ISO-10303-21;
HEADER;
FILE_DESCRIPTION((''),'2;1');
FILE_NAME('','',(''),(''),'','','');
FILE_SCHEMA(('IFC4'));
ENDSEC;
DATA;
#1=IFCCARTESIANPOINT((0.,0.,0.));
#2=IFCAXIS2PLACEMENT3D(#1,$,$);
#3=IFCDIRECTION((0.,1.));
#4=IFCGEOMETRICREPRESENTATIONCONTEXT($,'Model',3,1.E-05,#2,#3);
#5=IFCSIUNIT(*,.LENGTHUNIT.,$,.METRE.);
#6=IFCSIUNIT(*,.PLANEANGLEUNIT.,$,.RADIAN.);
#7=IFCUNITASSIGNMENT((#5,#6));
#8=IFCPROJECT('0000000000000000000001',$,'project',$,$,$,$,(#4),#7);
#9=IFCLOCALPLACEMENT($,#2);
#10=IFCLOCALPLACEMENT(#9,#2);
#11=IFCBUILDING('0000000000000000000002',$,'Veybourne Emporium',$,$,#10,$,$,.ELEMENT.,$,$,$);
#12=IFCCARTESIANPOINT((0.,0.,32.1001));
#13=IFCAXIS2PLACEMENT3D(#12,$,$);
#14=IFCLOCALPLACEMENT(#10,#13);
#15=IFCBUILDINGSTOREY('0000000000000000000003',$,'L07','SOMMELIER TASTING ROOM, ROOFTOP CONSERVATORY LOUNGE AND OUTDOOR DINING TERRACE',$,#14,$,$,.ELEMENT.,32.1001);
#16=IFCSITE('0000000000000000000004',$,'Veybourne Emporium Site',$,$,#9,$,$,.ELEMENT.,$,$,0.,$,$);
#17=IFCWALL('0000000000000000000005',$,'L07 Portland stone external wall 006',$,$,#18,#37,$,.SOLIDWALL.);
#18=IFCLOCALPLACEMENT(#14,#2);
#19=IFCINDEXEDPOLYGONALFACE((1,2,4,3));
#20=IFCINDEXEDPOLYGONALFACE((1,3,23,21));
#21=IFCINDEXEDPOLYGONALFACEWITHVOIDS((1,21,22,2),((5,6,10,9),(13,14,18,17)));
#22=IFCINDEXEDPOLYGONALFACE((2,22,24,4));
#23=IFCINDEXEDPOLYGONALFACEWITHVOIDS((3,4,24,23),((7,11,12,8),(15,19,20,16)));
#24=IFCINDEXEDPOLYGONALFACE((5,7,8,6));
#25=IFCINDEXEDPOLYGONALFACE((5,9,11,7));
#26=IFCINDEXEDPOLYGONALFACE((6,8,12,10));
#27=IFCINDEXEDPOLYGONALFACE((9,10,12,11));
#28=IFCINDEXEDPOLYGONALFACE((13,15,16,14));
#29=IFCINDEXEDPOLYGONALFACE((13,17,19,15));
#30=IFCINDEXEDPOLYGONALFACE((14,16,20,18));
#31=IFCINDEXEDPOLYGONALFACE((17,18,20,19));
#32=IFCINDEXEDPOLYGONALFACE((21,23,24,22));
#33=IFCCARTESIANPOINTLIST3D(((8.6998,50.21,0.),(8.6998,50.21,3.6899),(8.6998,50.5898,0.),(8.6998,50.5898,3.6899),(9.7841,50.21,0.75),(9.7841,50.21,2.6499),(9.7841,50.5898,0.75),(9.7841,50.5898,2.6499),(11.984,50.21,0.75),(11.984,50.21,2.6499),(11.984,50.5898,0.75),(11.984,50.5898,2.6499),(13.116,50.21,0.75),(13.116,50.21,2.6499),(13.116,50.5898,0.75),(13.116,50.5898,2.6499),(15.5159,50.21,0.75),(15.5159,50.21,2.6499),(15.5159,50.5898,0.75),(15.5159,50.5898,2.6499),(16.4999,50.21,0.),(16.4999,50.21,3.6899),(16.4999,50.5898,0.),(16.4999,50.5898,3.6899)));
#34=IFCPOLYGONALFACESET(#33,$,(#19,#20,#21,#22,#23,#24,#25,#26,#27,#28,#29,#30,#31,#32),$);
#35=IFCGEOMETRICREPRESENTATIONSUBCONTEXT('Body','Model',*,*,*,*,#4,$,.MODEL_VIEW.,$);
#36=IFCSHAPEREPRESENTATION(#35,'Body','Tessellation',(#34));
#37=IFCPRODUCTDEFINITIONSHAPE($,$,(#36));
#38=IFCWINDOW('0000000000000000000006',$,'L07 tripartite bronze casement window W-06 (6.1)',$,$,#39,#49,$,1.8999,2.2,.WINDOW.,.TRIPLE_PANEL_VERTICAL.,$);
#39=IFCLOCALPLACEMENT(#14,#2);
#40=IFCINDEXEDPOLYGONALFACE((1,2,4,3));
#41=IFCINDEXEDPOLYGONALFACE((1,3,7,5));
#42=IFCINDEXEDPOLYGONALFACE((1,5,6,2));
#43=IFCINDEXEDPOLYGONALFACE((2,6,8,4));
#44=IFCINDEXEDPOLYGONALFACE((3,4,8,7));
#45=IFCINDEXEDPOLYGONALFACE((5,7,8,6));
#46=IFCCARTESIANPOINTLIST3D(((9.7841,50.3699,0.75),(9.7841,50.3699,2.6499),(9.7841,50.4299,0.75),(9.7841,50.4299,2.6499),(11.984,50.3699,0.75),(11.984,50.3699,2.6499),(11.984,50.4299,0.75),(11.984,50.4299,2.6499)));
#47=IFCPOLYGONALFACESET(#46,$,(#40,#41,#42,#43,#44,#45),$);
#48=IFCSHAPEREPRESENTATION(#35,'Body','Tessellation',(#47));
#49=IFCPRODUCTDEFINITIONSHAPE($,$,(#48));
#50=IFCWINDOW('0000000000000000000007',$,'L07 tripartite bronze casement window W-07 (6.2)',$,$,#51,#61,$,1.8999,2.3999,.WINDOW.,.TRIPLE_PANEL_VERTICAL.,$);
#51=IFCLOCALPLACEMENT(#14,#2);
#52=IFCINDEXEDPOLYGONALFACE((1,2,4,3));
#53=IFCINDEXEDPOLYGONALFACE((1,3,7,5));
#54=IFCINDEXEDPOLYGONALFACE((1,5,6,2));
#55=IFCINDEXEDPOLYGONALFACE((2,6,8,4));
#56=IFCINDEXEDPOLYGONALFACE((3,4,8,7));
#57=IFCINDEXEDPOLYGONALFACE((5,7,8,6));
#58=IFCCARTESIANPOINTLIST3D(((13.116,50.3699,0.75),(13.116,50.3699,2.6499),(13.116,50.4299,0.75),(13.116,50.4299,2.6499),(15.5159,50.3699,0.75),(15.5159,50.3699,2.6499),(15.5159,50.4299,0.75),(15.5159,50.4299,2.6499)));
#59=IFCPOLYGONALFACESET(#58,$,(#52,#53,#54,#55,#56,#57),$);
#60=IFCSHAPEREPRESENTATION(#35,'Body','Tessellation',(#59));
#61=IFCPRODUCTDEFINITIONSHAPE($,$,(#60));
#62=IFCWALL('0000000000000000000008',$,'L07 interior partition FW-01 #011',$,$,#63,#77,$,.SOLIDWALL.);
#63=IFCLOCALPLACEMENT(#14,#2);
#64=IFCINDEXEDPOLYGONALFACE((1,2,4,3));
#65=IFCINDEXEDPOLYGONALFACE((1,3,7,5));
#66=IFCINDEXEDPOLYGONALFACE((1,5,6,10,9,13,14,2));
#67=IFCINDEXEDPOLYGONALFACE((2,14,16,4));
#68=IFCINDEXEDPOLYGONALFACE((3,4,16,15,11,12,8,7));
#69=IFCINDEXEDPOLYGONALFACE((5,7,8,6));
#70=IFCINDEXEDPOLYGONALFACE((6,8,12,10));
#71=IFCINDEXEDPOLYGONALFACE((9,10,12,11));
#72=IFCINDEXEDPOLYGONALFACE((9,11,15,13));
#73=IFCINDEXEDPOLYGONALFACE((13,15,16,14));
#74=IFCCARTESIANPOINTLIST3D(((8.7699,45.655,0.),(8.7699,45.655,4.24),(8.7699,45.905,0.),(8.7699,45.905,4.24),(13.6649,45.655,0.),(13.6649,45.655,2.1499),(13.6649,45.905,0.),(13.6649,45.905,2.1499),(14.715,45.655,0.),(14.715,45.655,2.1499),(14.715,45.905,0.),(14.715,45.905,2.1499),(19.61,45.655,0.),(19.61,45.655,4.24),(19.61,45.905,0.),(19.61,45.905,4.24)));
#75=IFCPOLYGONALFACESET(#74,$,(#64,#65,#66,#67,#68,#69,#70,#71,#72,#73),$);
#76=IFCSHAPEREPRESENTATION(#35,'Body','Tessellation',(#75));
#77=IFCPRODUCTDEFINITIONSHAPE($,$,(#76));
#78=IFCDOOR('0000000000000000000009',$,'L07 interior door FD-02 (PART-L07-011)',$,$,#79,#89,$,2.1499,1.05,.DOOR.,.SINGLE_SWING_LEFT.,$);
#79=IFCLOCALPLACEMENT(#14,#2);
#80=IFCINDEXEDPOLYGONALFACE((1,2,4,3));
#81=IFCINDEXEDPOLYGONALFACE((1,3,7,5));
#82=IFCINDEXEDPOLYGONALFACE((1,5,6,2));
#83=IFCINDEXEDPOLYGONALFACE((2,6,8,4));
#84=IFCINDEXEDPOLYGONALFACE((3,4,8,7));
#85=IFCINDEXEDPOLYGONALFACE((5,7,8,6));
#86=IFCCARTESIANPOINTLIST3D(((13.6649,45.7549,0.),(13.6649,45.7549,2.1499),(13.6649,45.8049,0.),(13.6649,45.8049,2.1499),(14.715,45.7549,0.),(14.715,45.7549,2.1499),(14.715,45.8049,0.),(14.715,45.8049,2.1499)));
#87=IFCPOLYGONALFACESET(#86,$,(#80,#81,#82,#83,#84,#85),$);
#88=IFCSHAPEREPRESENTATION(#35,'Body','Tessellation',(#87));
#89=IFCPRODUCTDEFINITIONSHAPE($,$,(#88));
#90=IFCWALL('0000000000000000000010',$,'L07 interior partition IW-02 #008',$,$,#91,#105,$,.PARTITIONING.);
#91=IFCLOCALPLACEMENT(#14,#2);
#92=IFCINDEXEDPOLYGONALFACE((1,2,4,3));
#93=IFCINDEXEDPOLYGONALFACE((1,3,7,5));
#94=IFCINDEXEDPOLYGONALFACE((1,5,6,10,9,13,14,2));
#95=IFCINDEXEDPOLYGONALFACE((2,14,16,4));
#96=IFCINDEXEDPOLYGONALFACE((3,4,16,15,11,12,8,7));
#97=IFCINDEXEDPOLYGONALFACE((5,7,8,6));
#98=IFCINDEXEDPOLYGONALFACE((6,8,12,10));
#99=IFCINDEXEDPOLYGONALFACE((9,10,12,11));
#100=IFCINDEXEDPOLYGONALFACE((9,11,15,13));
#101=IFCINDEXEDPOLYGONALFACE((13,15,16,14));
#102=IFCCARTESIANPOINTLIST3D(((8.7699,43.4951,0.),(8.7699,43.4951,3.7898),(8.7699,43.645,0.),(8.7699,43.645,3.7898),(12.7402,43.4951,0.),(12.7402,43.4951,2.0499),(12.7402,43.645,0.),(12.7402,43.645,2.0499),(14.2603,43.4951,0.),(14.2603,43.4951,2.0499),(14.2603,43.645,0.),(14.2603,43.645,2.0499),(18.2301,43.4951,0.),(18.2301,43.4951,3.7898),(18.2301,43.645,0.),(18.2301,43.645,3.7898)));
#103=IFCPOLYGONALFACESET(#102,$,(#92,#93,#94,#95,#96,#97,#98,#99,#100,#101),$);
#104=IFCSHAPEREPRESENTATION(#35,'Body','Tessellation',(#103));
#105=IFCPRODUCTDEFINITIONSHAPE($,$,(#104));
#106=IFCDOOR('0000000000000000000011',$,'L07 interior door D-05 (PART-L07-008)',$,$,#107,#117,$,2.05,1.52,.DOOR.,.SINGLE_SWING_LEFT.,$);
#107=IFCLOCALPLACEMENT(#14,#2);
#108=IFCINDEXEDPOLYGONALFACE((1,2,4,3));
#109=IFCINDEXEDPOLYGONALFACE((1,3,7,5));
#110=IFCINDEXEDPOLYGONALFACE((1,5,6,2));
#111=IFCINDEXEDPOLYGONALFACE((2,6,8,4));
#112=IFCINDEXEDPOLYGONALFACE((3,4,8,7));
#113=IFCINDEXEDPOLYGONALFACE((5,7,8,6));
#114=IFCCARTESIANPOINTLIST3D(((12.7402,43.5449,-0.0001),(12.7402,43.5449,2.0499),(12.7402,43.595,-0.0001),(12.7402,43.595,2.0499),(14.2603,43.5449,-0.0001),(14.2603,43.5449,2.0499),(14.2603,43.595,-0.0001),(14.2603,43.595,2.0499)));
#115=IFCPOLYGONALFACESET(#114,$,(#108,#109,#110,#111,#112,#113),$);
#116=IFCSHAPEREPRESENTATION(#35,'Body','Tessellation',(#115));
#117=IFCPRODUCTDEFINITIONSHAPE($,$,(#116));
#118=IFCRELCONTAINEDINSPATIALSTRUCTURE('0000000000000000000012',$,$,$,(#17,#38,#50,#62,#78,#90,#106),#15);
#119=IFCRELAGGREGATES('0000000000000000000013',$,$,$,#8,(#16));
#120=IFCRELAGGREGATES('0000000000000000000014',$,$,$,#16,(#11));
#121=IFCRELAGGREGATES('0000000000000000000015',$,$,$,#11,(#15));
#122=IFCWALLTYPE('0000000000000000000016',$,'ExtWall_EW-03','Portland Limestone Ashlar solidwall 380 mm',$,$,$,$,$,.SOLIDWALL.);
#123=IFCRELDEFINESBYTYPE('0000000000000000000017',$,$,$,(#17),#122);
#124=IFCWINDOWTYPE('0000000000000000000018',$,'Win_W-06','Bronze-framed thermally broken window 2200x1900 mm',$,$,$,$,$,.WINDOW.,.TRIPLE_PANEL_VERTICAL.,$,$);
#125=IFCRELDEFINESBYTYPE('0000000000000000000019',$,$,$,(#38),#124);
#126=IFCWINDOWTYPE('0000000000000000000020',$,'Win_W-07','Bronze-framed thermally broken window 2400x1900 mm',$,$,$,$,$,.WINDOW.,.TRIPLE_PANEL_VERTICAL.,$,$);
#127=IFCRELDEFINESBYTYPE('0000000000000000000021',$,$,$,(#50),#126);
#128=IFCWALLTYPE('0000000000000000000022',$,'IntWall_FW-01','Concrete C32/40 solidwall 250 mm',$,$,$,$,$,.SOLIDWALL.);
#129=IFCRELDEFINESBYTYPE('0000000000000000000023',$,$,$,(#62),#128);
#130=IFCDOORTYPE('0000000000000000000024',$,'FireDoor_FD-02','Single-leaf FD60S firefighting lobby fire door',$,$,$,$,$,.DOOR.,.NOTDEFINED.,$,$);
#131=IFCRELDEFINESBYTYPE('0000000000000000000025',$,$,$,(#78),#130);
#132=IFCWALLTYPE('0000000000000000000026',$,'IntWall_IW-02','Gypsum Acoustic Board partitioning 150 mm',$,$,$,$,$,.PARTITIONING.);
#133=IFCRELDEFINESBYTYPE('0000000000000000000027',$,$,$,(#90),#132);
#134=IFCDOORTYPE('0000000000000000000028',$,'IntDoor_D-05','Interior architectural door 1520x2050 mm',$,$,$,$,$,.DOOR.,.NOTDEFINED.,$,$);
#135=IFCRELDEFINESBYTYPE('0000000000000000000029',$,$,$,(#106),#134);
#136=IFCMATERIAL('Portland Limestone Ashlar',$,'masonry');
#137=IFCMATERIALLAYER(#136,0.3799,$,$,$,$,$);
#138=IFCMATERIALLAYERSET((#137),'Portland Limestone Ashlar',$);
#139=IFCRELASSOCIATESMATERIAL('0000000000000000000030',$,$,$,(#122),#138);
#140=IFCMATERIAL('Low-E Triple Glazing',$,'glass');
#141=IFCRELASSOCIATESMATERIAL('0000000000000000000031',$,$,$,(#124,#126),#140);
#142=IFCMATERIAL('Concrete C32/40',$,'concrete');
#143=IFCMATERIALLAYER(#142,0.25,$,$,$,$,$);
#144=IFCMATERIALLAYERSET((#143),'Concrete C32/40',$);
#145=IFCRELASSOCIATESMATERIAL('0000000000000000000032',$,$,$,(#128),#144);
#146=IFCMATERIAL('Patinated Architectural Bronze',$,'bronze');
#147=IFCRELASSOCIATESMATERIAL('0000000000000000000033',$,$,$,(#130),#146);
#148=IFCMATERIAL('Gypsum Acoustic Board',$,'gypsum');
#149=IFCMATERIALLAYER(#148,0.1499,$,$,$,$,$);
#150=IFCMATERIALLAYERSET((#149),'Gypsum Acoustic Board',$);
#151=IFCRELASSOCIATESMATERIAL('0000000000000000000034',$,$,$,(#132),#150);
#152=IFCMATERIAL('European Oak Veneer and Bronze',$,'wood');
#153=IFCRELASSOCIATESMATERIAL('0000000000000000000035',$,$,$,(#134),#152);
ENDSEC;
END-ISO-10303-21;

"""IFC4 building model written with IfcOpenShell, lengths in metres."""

from ifc_helpers import new_model, si_unit, direction, frame, frame_2d, origin, place, context, subcontext, project, spatial, rectangle, extrude, material, layer, layer_set, type_object, element, fill, save


model = new_model("IFC4")

# Units and contexts
model_context = context("Model", 3, precision=1e-05, world=origin(), true_north=direction((0.0, 1.0)))
body_context = subcontext(model_context, "Body", "Model", "MODEL_VIEW")
ifc_project = project(units=[si_unit("LENGTHUNIT", "METRE"), si_unit("PLANEANGLEUNIT", "RADIAN")], contexts=[model_context])

# Site, building, storey
site_placement = place(None, origin())
site = spatial("IfcSite", under=ifc_project, at=site_placement, Name="Veybourne Emporium Site", CompositionType="ELEMENT", RefElevation=0.0)
building_placement = place(site_placement, origin())
building = spatial("IfcBuilding", under=site, at=building_placement, Name="Veybourne Emporium", CompositionType="ELEMENT")
storey_placement = place(building_placement, frame((0.0, 0.0, 32.1001)))
storey = spatial("IfcBuildingStorey", under=building, at=storey_placement, Name="L07", Description="SOMMELIER TASTING ROOM, ROOFTOP CONSERVATORY LOUNGE AND OUTDOOR DINING TERRACE", CompositionType="ELEMENT", Elevation=32.1001)

# Shared definitions
ifc_material_1 = material(Name="Patinated Architectural Bronze", Category="bronze")

# Shared definitions
ifc_material_2 = material(Name="Concrete C32/40", Category="concrete")

# Shared definitions
ifc_material_3 = material(Name="Low-E Triple Glazing", Category="glass")

# Wall, openings, windows
ifc_material_4 = material(Name="Portland Limestone Ashlar", Category="masonry")
ifc_layer_1 = layer(ifc_material_4, 0.3799)
ifc_layer_set_1 = layer_set([ifc_layer_1], Name="Portland Limestone Ashlar")
wall_type_1 = type_object("IfcWallType", Name="ExtWall_EW-03", Description="Portland Limestone Ashlar solidwall 380 mm", PredefinedType="SOLIDWALL", material=ifc_layer_set_1)
wall_1_placement = place(storey_placement, frame((8.7, 50.3999, 0.0), z_axis=(0.0, 0.0, 1.0), x_axis=(1.0, 0.0, 0.0)))
wall_1 = element("IfcWall", 1, at=wall_1_placement, inside=storey, type_object=wall_type_1, Name="L07 Portland stone external wall 006", PredefinedType="SOLIDWALL", context=body_context, shape_type="SweptSolid", body=[
    extrude(rectangle(XDim=7.8, YDim=0.3799, at=frame_2d((3.8999, 0.0))), origin(), (0.0, 0.0, 1.0), 3.6899),
])
opening_1_placement = place(wall_1_placement, frame((1.084, 0.0, 0.75)))
opening_1 = element("IfcOpeningElement", 2, at=opening_1_placement, cuts=wall_1, PredefinedType="OPENING", context=body_context, shape_type="SweptSolid", body=[
    extrude(rectangle(XDim=2.2, YDim=1.8999, at=frame_2d((1.1001, 0.95))), frame((0.0, 0.21, 0.0), z_axis=(0.0, -1.0, 0.0), x_axis=(1.0, 0.0, 0.0)), (0.0, 0.0, 1.0), 0.4199),
])
opening_2_placement = place(wall_1_placement, frame((4.416, 0.0, 0.75)))
opening_2 = element("IfcOpeningElement", 3, at=opening_2_placement, cuts=wall_1, PredefinedType="OPENING", context=body_context, shape_type="SweptSolid", body=[
    extrude(rectangle(XDim=2.3999, YDim=1.8999, at=frame_2d((1.2, 0.95))), frame((0.0, 0.21, 0.0), z_axis=(0.0, -1.0, 0.0), x_axis=(1.0, 0.0, 0.0)), (0.0, 0.0, 1.0), 0.4199),
])
window_type_1 = type_object("IfcWindowType", Name="Win_W-06", Description="Bronze-framed thermally broken window 2200x1900 mm", PartitioningType="TRIPLE_PANEL_VERTICAL", PredefinedType="WINDOW", material=ifc_material_3)
window_1_placement = place(opening_1_placement, origin())
window_1 = element("IfcWindow", 4, at=window_1_placement, inside=storey, type_object=window_type_1, Name="L07 tripartite bronze casement window W-06 (6.1)", OverallHeight=1.8999, OverallWidth=2.2, PartitioningType="TRIPLE_PANEL_VERTICAL", PredefinedType="WINDOW", context=body_context, shape_type="SweptSolid", body=[
    extrude(rectangle(XDim=2.2, YDim=1.8999, at=frame_2d((1.1001, 0.95))), frame((0.0, 0.03, 0.0), z_axis=(0.0, -1.0, 0.0), x_axis=(1.0, 0.0, 0.0)), (0.0, 0.0, 1.0), 0.0601),
])
fill(opening_1, window_1)
window_type_2 = type_object("IfcWindowType", Name="Win_W-07", Description="Bronze-framed thermally broken window 2400x1900 mm", PartitioningType="TRIPLE_PANEL_VERTICAL", PredefinedType="WINDOW", material=ifc_material_3)
window_2_placement = place(opening_2_placement, origin())
window_2 = element("IfcWindow", 5, at=window_2_placement, inside=storey, type_object=window_type_2, Name="L07 tripartite bronze casement window W-07 (6.2)", OverallHeight=1.8999, OverallWidth=2.3999, PartitioningType="TRIPLE_PANEL_VERTICAL", PredefinedType="WINDOW", context=body_context, shape_type="SweptSolid", body=[
    extrude(rectangle(XDim=2.3999, YDim=1.8999, at=frame_2d((1.2, 0.95))), frame((0.0, 0.03, 0.0), z_axis=(0.0, -1.0, 0.0), x_axis=(1.0, 0.0, 0.0)), (0.0, 0.0, 1.0), 0.0601),
])
fill(opening_2, window_2)

# Walls, openings, doors
ifc_layer_2 = layer(ifc_material_2, 0.25)
ifc_layer_set_2 = layer_set([ifc_layer_2], Name="Concrete C32/40")
wall_type_2 = type_object("IfcWallType", Name="IntWall_FW-01", Description="Concrete C32/40 solidwall 250 mm", PredefinedType="SOLIDWALL", material=ifc_layer_set_2)
wall_2_placement = place(storey_placement, frame((8.77, 45.78, 0.0), z_axis=(0.0, 0.0, 1.0), x_axis=(1.0, 0.0, 0.0)))
wall_2 = element("IfcWall", 6, at=wall_2_placement, inside=storey, type_object=wall_type_2, Name="L07 interior partition FW-01 #011", PredefinedType="SOLIDWALL", context=body_context, shape_type="SweptSolid", body=[
    extrude(rectangle(XDim=10.8401, YDim=0.25, at=frame_2d((5.4199, 0.0))), origin(), (0.0, 0.0, 1.0), 4.24),
])
opening_3_placement = place(wall_2_placement, frame((4.895, 0.0, 0.0)))
opening_3 = element("IfcOpeningElement", 7, at=opening_3_placement, cuts=wall_2, PredefinedType="OPENING", context=body_context, shape_type="SweptSolid", body=[
    extrude(rectangle(XDim=1.05, YDim=2.1499, at=frame_2d((0.5249, 1.075))), frame((0.0, 0.145, 0.0), z_axis=(0.0, -1.0, 0.0), x_axis=(1.0, 0.0, 0.0)), (0.0, 0.0, 1.0), 0.29),
])
door_type_1 = type_object("IfcDoorType", Name="FireDoor_FD-02", Description="Single-leaf FD60S firefighting lobby fire door", OperationType="NOTDEFINED", PredefinedType="DOOR", material=ifc_material_1)
door_1_placement = place(opening_3_placement, origin())
door_1 = element("IfcDoor", 8, at=door_1_placement, inside=storey, type_object=door_type_1, Name="L07 interior door FD-02 (PART-L07-011)", OperationType="SINGLE_SWING_LEFT", OverallHeight=2.1499, OverallWidth=1.05, PredefinedType="DOOR", context=body_context, shape_type="SweptSolid", body=[
    extrude(rectangle(XDim=1.05, YDim=2.1499, at=frame_2d((0.5249, 1.075))), frame((0.0, 0.0249, 0.0), z_axis=(0.0, -1.0, 0.0), x_axis=(1.0, 0.0, 0.0)), (0.0, 0.0, 1.0), 0.05),
])
fill(opening_3, door_1)
ifc_material_5 = material(Name="Gypsum Acoustic Board", Category="gypsum")
ifc_layer_3 = layer(ifc_material_5, 0.1499)
ifc_layer_set_3 = layer_set([ifc_layer_3], Name="Gypsum Acoustic Board")
wall_type_3 = type_object("IfcWallType", Name="IntWall_IW-02", Description="Gypsum Acoustic Board partitioning 150 mm", PredefinedType="PARTITIONING", material=ifc_layer_set_3)
wall_3_placement = place(storey_placement, frame((8.77, 43.5701, 0.0), z_axis=(0.0, 0.0, 1.0), x_axis=(1.0, 0.0, 0.0)))
wall_3 = element("IfcWall", 9, at=wall_3_placement, inside=storey, type_object=wall_type_3, Name="L07 interior partition IW-02 #008", PredefinedType="PARTITIONING", context=body_context, shape_type="SweptSolid", body=[
    extrude(rectangle(XDim=9.4602, YDim=0.1499, at=frame_2d((4.73, 0.0))), origin(), (0.0, 0.0, 1.0), 3.7898),
])
opening_4_placement = place(wall_3_placement, frame((3.9702, 0.0, 0.0)))
opening_4 = element("IfcOpeningElement", 10, at=opening_4_placement, cuts=wall_3, PredefinedType="OPENING", context=body_context, shape_type="SweptSolid", body=[
    extrude(rectangle(XDim=1.52, YDim=2.05, at=frame_2d((0.76, 1.0249))), frame((0.0, 0.095, 0.0), z_axis=(0.0, -1.0, 0.0), x_axis=(1.0, 0.0, 0.0)), (0.0, 0.0, 1.0), 0.1899),
])
ifc_material_6 = material(Name="European Oak Veneer and Bronze", Category="wood")
door_type_2 = type_object("IfcDoorType", Name="IntDoor_D-05", Description="Interior architectural door 1520x2050 mm", OperationType="NOTDEFINED", PredefinedType="DOOR", material=ifc_material_6)
door_2_placement = place(opening_4_placement, origin())
door_2 = element("IfcDoor", 11, at=door_2_placement, inside=storey, type_object=door_type_2, Name="L07 interior door D-05 (PART-L07-008)", OperationType="SINGLE_SWING_LEFT", OverallHeight=2.05, OverallWidth=1.52, PredefinedType="DOOR", context=body_context, shape_type="SweptSolid", body=[
    extrude(rectangle(XDim=1.52, YDim=2.05, at=frame_2d((0.76, 1.0249))), frame((0.0, 0.0249, 0.0), z_axis=(0.0, -1.0, 0.0), x_axis=(1.0, 0.0, 0.0)), (0.0, 0.0, 1.0), 0.05),
])
fill(opening_4, door_2)

save(model, "model.ifc")
